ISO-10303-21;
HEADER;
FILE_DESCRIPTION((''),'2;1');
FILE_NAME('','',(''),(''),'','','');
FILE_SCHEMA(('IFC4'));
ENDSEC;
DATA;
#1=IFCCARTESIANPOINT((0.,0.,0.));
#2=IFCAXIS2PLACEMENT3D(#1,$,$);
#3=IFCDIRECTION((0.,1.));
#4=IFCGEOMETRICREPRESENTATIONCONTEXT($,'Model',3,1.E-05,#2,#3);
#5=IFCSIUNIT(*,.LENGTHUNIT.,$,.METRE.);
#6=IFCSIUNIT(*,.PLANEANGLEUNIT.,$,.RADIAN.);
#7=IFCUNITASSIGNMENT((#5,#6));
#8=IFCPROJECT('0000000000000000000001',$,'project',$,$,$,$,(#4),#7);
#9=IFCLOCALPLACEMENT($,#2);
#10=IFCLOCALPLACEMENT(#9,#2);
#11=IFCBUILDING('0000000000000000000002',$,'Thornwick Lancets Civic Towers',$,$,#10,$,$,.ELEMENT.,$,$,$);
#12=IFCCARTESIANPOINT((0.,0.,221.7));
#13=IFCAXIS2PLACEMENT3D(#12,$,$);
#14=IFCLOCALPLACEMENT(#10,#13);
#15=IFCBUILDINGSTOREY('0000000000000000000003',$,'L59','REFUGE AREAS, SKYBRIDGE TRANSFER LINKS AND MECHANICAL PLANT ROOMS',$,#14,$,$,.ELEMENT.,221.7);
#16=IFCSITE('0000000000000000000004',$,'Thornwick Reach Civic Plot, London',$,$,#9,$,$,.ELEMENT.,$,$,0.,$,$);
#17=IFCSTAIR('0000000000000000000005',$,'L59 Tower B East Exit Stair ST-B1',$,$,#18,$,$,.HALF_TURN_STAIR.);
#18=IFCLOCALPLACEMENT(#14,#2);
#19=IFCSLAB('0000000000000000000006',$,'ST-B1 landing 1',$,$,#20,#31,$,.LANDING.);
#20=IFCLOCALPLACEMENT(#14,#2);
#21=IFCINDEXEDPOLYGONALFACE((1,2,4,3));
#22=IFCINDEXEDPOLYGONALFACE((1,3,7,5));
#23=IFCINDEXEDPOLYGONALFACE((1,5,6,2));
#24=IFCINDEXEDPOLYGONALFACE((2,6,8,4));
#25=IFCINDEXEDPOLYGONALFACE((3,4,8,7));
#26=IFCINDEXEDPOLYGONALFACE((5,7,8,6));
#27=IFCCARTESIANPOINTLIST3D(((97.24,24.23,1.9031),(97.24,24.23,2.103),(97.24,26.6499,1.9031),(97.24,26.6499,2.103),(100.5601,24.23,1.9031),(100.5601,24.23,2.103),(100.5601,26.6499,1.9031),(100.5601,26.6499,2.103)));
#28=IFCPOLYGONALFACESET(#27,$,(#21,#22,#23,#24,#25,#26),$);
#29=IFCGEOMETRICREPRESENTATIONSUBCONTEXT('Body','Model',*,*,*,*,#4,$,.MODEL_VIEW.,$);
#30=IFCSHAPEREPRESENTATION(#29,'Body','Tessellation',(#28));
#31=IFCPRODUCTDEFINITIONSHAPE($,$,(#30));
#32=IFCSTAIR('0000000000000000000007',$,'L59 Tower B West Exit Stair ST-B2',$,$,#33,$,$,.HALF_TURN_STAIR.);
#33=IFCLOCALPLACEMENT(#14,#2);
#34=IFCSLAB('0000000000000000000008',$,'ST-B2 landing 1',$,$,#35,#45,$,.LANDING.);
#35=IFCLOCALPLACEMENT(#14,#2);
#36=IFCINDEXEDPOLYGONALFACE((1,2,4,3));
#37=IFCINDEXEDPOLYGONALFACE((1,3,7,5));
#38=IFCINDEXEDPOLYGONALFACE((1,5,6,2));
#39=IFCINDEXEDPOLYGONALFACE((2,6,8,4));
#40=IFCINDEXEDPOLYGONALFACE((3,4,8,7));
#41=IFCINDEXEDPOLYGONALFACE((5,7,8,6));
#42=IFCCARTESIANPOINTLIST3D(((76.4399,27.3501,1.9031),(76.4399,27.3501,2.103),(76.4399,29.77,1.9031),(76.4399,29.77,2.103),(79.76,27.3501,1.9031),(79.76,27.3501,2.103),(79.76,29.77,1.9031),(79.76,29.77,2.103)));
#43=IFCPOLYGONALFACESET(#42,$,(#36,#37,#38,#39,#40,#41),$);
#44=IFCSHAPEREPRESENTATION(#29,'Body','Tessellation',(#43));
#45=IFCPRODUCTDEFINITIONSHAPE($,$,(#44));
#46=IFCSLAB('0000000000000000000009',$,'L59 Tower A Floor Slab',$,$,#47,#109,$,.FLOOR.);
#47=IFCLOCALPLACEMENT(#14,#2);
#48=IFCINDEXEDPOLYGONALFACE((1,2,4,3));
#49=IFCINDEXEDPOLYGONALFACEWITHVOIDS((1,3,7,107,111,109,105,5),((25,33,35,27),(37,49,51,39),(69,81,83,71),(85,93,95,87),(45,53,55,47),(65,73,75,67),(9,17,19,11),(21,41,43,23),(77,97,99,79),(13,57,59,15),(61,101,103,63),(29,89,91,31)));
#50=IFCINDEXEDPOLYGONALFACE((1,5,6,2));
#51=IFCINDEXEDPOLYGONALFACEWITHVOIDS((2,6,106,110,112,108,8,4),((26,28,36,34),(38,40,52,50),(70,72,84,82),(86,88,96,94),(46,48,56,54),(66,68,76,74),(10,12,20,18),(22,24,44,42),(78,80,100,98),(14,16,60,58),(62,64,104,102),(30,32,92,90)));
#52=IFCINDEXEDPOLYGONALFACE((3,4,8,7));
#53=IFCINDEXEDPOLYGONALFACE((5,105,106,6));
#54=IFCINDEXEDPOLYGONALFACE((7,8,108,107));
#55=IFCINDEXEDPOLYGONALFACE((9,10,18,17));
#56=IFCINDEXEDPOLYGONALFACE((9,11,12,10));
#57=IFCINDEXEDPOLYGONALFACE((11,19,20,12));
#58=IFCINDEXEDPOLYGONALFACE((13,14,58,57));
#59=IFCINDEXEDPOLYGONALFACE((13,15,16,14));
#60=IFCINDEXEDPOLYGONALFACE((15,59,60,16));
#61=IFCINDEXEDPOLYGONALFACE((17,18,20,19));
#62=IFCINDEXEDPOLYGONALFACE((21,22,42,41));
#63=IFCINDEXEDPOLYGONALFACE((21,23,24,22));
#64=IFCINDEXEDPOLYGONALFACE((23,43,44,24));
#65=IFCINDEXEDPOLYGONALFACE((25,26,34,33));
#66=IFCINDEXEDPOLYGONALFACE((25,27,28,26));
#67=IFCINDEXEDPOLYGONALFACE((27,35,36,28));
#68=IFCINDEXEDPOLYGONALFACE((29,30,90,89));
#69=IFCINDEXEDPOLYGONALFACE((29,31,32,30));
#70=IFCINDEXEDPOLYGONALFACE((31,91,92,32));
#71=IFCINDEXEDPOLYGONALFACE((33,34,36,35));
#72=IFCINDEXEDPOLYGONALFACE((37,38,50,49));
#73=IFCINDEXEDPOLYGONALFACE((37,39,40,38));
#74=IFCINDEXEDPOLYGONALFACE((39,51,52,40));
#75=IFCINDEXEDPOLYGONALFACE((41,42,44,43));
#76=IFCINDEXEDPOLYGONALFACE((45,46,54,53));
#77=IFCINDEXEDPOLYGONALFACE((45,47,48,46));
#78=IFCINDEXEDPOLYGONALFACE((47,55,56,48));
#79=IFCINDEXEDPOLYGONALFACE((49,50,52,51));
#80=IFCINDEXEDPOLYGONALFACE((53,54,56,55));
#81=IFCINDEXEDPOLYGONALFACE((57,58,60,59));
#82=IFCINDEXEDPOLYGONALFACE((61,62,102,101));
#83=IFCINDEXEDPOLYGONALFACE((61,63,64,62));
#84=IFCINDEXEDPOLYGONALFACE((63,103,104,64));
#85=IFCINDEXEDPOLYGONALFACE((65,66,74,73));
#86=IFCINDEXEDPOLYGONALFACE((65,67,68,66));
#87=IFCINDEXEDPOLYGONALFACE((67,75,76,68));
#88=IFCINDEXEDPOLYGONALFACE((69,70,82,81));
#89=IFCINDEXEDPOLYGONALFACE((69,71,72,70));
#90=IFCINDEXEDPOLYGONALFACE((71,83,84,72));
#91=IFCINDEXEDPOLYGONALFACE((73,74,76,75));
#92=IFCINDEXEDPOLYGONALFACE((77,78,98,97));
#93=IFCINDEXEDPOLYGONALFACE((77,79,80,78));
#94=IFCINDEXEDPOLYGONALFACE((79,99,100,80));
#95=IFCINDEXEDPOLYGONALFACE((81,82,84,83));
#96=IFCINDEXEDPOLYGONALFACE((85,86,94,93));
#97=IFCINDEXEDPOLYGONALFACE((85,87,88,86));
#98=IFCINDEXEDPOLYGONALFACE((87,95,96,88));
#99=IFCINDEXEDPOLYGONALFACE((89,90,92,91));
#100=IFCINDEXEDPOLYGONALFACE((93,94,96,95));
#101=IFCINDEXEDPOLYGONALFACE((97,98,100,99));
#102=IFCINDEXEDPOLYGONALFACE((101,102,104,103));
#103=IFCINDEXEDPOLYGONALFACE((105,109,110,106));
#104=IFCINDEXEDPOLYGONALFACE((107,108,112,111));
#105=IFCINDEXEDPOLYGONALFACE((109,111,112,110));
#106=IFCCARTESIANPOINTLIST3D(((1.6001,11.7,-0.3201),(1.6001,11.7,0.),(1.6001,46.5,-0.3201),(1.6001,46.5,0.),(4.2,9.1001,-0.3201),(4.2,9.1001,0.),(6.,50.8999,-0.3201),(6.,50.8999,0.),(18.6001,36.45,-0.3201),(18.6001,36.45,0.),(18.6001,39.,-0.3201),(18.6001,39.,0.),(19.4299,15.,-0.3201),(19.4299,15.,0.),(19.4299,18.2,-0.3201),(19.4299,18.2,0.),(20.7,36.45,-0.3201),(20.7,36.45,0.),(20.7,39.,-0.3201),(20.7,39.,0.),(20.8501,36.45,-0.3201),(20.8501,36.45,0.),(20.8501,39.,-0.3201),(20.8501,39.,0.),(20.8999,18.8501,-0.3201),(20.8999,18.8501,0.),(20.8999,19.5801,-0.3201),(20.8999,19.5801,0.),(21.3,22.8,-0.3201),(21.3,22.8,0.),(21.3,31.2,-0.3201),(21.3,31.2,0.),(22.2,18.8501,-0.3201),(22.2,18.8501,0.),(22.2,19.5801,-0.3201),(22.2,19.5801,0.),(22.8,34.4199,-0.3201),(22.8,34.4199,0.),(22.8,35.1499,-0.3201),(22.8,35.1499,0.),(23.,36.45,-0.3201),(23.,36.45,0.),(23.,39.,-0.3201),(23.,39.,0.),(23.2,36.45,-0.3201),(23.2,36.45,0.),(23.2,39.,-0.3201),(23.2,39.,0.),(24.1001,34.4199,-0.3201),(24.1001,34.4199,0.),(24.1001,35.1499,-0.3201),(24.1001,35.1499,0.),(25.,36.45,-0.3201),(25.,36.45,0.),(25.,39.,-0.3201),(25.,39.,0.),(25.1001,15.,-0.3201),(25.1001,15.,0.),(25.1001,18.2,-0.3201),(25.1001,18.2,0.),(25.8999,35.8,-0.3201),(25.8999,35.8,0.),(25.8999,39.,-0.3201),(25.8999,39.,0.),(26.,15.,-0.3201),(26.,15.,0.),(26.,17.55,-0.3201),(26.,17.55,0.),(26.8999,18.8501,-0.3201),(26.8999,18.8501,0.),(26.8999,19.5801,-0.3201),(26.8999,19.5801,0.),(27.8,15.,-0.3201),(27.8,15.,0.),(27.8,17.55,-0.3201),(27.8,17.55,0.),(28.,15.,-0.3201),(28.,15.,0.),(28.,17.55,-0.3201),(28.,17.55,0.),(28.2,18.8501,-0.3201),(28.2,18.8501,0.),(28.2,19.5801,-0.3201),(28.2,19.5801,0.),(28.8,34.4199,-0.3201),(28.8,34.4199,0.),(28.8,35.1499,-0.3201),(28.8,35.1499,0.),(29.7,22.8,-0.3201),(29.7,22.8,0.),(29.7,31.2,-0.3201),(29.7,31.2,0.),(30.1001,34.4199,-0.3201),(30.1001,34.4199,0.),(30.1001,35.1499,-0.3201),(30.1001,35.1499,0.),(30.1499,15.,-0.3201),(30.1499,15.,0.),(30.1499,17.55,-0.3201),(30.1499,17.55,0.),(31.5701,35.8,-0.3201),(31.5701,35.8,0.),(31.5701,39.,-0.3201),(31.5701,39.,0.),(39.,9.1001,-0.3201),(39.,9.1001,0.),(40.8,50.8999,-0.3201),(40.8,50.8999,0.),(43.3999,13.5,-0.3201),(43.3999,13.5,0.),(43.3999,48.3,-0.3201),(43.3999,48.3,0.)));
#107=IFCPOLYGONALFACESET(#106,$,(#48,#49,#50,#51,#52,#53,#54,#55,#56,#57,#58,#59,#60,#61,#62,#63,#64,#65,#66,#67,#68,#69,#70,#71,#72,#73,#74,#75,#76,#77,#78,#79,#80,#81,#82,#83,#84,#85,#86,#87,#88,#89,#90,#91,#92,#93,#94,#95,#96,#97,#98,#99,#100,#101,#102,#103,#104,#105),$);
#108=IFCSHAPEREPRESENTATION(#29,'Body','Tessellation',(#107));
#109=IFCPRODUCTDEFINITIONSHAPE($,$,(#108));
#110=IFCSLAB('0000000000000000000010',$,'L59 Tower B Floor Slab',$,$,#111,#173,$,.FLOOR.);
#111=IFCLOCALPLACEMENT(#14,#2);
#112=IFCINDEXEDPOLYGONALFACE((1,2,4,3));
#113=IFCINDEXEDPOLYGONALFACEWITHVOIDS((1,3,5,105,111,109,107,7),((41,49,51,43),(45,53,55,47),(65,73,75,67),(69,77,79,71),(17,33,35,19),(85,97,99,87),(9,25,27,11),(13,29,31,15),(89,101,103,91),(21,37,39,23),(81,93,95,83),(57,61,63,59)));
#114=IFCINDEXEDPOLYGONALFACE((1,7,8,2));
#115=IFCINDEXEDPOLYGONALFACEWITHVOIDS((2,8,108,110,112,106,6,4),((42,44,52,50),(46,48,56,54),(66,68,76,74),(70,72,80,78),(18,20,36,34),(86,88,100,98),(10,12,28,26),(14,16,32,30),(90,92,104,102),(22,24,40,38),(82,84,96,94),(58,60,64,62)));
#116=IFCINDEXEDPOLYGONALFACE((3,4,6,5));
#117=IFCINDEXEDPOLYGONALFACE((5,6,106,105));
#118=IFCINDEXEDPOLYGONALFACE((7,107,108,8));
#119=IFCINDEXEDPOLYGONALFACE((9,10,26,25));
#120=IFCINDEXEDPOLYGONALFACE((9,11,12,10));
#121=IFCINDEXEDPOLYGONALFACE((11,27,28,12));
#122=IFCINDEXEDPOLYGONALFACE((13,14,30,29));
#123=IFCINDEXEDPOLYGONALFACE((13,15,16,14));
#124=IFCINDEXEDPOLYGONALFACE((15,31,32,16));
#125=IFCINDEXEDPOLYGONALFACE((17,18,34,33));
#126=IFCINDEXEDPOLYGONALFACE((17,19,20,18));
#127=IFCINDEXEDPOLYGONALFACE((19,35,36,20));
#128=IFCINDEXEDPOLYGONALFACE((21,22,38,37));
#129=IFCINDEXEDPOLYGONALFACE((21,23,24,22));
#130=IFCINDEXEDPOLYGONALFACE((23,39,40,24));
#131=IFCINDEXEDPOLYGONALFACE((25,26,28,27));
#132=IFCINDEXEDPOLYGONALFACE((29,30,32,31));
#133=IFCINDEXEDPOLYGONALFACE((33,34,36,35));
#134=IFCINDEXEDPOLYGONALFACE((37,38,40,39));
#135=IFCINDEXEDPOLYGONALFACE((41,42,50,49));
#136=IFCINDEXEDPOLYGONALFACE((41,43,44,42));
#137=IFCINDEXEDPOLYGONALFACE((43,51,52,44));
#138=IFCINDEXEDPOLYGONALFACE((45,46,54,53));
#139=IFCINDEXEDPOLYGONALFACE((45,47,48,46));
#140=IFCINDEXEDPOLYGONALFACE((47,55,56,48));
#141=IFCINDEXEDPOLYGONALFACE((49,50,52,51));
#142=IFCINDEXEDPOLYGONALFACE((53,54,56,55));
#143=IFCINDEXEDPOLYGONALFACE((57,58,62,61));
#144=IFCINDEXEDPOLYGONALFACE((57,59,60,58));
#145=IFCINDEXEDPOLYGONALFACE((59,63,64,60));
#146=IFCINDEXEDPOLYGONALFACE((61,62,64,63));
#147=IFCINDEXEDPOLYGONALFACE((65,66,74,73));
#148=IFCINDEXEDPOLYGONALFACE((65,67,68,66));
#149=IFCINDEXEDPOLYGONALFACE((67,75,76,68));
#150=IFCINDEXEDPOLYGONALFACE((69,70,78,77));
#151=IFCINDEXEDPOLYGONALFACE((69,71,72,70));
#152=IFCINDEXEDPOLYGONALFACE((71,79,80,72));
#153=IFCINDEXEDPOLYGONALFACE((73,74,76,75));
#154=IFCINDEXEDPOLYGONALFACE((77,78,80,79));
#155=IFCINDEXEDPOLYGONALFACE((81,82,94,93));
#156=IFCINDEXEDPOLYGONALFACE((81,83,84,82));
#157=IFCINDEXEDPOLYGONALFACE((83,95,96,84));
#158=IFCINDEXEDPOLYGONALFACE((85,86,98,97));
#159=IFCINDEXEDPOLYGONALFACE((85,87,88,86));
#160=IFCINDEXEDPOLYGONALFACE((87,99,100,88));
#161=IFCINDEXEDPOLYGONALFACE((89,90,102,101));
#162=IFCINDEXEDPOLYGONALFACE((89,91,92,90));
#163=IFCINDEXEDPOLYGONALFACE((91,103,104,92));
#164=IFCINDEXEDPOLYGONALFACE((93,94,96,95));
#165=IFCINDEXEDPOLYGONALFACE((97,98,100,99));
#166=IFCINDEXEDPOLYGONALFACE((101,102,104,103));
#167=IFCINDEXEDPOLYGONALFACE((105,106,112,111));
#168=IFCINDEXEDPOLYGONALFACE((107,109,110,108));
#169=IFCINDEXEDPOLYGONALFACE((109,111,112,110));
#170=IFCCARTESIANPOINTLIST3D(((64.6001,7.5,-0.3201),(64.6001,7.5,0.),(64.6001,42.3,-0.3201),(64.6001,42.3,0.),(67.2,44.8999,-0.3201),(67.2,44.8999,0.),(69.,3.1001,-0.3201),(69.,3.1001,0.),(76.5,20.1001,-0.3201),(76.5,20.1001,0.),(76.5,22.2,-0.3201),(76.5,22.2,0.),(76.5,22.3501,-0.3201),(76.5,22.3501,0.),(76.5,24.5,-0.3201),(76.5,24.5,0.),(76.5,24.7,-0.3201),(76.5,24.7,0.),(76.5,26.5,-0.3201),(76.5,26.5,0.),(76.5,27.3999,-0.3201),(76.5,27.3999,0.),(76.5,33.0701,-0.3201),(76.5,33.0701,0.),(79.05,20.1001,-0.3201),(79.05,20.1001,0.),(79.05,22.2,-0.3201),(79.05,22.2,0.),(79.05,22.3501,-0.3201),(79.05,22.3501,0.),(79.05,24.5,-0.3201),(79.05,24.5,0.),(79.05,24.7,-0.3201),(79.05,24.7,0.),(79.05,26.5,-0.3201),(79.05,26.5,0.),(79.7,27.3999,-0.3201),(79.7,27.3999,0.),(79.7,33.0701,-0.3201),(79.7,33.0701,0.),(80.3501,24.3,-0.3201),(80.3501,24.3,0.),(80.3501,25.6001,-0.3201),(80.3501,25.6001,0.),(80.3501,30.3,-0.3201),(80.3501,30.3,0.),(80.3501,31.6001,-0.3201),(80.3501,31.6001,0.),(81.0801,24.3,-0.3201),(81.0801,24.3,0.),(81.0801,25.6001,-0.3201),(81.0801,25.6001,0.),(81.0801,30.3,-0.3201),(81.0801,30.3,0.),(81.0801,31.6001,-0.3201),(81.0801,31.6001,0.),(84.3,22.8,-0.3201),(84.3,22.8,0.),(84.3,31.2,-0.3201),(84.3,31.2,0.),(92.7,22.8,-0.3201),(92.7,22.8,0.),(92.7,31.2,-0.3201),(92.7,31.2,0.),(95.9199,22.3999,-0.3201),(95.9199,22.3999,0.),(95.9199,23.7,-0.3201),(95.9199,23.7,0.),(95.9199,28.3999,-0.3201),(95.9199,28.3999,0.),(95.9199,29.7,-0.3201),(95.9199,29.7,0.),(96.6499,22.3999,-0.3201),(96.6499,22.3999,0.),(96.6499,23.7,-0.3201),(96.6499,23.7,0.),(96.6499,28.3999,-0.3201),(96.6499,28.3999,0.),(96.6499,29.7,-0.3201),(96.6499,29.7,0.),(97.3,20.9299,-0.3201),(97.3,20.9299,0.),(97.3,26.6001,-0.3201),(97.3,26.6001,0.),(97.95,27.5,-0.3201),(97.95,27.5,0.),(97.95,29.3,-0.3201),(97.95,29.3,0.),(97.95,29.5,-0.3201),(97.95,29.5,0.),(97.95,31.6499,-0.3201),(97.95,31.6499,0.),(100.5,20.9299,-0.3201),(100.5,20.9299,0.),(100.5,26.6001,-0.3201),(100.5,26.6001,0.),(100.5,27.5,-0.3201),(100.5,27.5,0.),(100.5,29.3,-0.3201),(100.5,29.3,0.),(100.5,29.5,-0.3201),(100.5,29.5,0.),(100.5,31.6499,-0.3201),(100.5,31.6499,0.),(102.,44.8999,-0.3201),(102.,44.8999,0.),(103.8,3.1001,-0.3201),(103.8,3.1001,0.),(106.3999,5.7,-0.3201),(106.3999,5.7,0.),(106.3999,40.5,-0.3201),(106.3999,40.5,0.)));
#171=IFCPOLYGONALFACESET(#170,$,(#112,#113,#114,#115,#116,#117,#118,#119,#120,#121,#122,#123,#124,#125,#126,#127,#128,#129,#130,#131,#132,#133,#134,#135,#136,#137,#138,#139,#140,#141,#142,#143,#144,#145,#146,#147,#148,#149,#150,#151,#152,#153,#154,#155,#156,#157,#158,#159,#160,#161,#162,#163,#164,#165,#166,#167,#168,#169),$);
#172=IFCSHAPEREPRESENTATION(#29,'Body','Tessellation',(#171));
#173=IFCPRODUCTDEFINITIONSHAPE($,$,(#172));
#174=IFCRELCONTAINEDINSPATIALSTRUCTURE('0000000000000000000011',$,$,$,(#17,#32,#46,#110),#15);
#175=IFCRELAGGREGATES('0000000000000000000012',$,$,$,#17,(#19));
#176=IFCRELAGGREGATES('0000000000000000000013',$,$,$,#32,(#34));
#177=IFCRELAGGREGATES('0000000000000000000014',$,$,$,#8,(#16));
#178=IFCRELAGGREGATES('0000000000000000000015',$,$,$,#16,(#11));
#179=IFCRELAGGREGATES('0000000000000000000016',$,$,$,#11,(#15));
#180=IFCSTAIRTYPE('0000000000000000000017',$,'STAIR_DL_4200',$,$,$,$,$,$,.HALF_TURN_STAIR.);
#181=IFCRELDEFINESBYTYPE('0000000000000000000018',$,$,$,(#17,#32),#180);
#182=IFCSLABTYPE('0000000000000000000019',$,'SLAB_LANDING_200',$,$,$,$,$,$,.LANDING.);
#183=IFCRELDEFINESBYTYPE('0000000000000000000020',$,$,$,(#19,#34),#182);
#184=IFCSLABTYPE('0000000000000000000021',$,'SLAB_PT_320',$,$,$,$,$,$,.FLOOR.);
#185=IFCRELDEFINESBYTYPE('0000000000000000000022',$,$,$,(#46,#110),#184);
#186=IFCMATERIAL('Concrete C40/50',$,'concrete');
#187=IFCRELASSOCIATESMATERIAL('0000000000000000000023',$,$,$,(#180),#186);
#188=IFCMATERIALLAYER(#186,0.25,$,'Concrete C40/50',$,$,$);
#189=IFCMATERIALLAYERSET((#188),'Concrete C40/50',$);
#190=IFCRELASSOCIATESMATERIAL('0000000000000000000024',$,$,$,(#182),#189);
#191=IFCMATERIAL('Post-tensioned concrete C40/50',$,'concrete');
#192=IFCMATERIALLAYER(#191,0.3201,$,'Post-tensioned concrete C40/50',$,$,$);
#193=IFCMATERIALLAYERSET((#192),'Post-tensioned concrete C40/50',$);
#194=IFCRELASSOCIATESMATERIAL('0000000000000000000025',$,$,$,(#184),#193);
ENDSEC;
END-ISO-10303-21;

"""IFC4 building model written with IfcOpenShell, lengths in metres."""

from ifc_helpers import new_model, si_unit, direction, frame, origin, place, context, subcontext, project, spatial, polyline, outline, extrude, material, layer, layer_set, type_object, element, aggregate, save


model = new_model("IFC4")

# Units and contexts
model_context = context("Model", 3, precision=1e-05, world=origin(), true_north=direction((0.0, 1.0)))
body_context = subcontext(model_context, "Body", "Model", "MODEL_VIEW")
ifc_project = project(units=[si_unit("LENGTHUNIT", "METRE"), si_unit("PLANEANGLEUNIT", "RADIAN")], contexts=[model_context])

# Site, building, storey
site_placement = place(None, origin())
site = spatial("IfcSite", under=ifc_project, at=site_placement, Name="Thornwick Reach Civic Plot, London", CompositionType="ELEMENT", RefElevation=0.0)
building_placement = place(site_placement, origin())
building = spatial("IfcBuilding", under=site, at=building_placement, Name="Thornwick Lancets Civic Towers", CompositionType="ELEMENT")
storey_placement = place(building_placement, frame((0.0, 0.0, 221.7)))
storey = spatial("IfcBuildingStorey", under=building, at=storey_placement, Name="L59", Description="REFUGE AREAS, SKYBRIDGE TRANSFER LINKS AND MECHANICAL PLANT ROOMS", CompositionType="ELEMENT", Elevation=221.7)

# Stairs, slabs
ifc_material_1 = material(Name="Concrete C40/50", Category="concrete")
stair_type = type_object("IfcStairType", Name="STAIR_DL_4200", PredefinedType="HALF_TURN_STAIR", material=ifc_material_1)
ifc_layer_1 = layer(ifc_material_1, 0.25, Name="Concrete C40/50")
ifc_layer_set_1 = layer_set([ifc_layer_1], Name="Concrete C40/50")
slab_type_1 = type_object("IfcSlabType", Name="SLAB_LANDING_200", PredefinedType="LANDING", material=ifc_layer_set_1)
stair_1_placement = place(storey_placement, origin())
stair_1 = element("IfcStair", 1, at=stair_1_placement, inside=storey, type_object=stair_type, Name="L59 Tower B East Exit Stair ST-B1", PredefinedType="HALF_TURN_STAIR")
slab_1_placement = place(storey_placement, frame((0.0, 0.0, 1.9031)))
slab_1 = element("IfcSlab", 2, at=slab_1_placement, type_object=slab_type_1, Name="ST-B1 landing 1", PredefinedType="LANDING", context=body_context, shape_type="SweptSolid", body=[
    extrude(outline(polyline([(100.5601, 24.23), (100.5601, 26.6499), (97.24, 26.6499), (97.24, 24.23), (100.5601, 24.23)])), origin(), (0.0, 0.0, 1.0), 0.2),
])
aggregate(stair_1, [slab_1])
stair_2_placement = place(storey_placement, origin())
stair_2 = element("IfcStair", 3, at=stair_2_placement, inside=storey, type_object=stair_type, Name="L59 Tower B West Exit Stair ST-B2", PredefinedType="HALF_TURN_STAIR")
slab_2_placement = place(storey_placement, frame((0.0, 0.0, 1.9031)))
slab_2 = element("IfcSlab", 4, at=slab_2_placement, type_object=slab_type_1, Name="ST-B2 landing 1", PredefinedType="LANDING", context=body_context, shape_type="SweptSolid", body=[
    extrude(outline(polyline([(76.4399, 29.77), (76.4399, 27.3501), (79.76, 27.3501), (79.76, 29.77), (76.4399, 29.77)])), origin(), (0.0, 0.0, 1.0), 0.2),
])
aggregate(stair_2, [slab_2])

# Slabs
ifc_material_2 = material(Name="Post-tensioned concrete C40/50", Category="concrete")
ifc_layer_2 = layer(ifc_material_2, 0.3201, Name="Post-tensioned concrete C40/50")
ifc_layer_set_2 = layer_set([ifc_layer_2], Name="Post-tensioned concrete C40/50")
slab_type_2 = type_object("IfcSlabType", Name="SLAB_PT_320", PredefinedType="FLOOR", material=ifc_layer_set_2)
slab_3_placement = place(storey_placement, frame((0.0, 0.0, -0.3201)))
element("IfcSlab", 5, at=slab_3_placement, inside=storey, type_object=slab_type_2, Name="L59 Tower A Floor Slab", PredefinedType="FLOOR", context=body_context, shape_type="SweptSolid", body=[
    extrude(outline(polyline([(4.2, 9.1001), (39.0, 9.1001), (43.3999, 13.5), (43.3999, 48.3), (40.8, 50.8999), (6.0, 50.8999), (1.6001, 46.5), (1.6001, 11.7), (4.2, 9.1001)]), holes=[polyline([(21.3, 22.8), (29.7, 22.8), (29.7, 31.2), (21.3, 31.2), (21.3, 22.8)]), polyline([(19.4299, 15.0), (25.1001, 15.0), (25.1001, 18.2), (19.4299, 18.2), (19.4299, 15.0)]), polyline([(31.5701, 39.0), (25.8999, 39.0), (25.8999, 35.8), (31.5701, 35.8), (31.5701, 39.0)]), polyline([(26.0, 15.0), (27.8, 15.0), (27.8, 17.55), (26.0, 17.55), (26.0, 15.0)]), polyline([(28.0, 15.0), (30.1499, 15.0), (30.1499, 17.55), (28.0, 17.55), (28.0, 15.0)]), polyline([(23.2, 36.45), (25.0, 36.45), (25.0, 39.0), (23.2, 39.0), (23.2, 36.45)]), polyline([(20.8501, 36.45), (23.0, 36.45), (23.0, 39.0), (20.8501, 39.0), (20.8501, 36.45)]), polyline([(18.6001, 36.45), (20.7, 36.45), (20.7, 39.0), (18.6001, 39.0), (18.6001, 36.45)]), polyline([(26.8999, 18.8501), (28.2, 18.8501), (28.2, 19.5801), (26.8999, 19.5801), (26.8999, 18.8501)]), polyline([(20.8999, 18.8501), (22.2, 18.8501), (22.2, 19.5801), (20.8999, 19.5801), (20.8999, 18.8501)]), polyline([(22.8, 34.4199), (24.1001, 34.4199), (24.1001, 35.1499), (22.8, 35.1499), (22.8, 34.4199)]), polyline([(28.8, 34.4199), (30.1001, 34.4199), (30.1001, 35.1499), (28.8, 35.1499), (28.8, 34.4199)])]), origin(), (0.0, 0.0, 1.0), 0.3201),
])
slab_4_placement = place(storey_placement, frame((0.0, 0.0, -0.3201)))
element("IfcSlab", 6, at=slab_4_placement, inside=storey, type_object=slab_type_2, Name="L59 Tower B Floor Slab", PredefinedType="FLOOR", context=body_context, shape_type="SweptSolid", body=[
    extrude(outline(polyline([(69.0, 3.1001), (103.8, 3.1001), (106.3999, 5.7), (106.3999, 40.5), (102.0, 44.8999), (67.2, 44.8999), (64.6001, 42.3), (64.6001, 7.5), (69.0, 3.1001)]), holes=[polyline([(84.3, 22.8), (92.7, 22.8), (92.7, 31.2), (84.3, 31.2), (84.3, 22.8)]), polyline([(100.5, 20.9299), (100.5, 26.6001), (97.3, 26.6001), (97.3, 20.9299), (100.5, 20.9299)]), polyline([(76.5, 33.0701), (76.5, 27.3999), (79.7, 27.3999), (79.7, 33.0701), (76.5, 33.0701)]), polyline([(97.95, 27.5), (100.5, 27.5), (100.5, 29.3), (97.95, 29.3), (97.95, 27.5)]), polyline([(97.95, 29.5), (100.5, 29.5), (100.5, 31.6499), (97.95, 31.6499), (97.95, 29.5)]), polyline([(76.5, 24.7), (79.05, 24.7), (79.05, 26.5), (76.5, 26.5), (76.5, 24.7)]), polyline([(76.5, 22.3501), (79.05, 22.3501), (79.05, 24.5), (76.5, 24.5), (76.5, 22.3501)]), polyline([(76.5, 20.1001), (79.05, 20.1001), (79.05, 22.2), (76.5, 22.2), (76.5, 20.1001)]), polyline([(95.9199, 28.3999), (96.6499, 28.3999), (96.6499, 29.7), (95.9199, 29.7), (95.9199, 28.3999)]), polyline([(95.9199, 22.3999), (96.6499, 22.3999), (96.6499, 23.7), (95.9199, 23.7), (95.9199, 22.3999)]), polyline([(80.3501, 24.3), (81.0801, 24.3), (81.0801, 25.6001), (80.3501, 25.6001), (80.3501, 24.3)]), polyline([(80.3501, 30.3), (81.0801, 30.3), (81.0801, 31.6001), (80.3501, 31.6001), (80.3501, 30.3)])]), origin(), (0.0, 0.0, 1.0), 0.3201),
])

save(model, "model.ifc")
